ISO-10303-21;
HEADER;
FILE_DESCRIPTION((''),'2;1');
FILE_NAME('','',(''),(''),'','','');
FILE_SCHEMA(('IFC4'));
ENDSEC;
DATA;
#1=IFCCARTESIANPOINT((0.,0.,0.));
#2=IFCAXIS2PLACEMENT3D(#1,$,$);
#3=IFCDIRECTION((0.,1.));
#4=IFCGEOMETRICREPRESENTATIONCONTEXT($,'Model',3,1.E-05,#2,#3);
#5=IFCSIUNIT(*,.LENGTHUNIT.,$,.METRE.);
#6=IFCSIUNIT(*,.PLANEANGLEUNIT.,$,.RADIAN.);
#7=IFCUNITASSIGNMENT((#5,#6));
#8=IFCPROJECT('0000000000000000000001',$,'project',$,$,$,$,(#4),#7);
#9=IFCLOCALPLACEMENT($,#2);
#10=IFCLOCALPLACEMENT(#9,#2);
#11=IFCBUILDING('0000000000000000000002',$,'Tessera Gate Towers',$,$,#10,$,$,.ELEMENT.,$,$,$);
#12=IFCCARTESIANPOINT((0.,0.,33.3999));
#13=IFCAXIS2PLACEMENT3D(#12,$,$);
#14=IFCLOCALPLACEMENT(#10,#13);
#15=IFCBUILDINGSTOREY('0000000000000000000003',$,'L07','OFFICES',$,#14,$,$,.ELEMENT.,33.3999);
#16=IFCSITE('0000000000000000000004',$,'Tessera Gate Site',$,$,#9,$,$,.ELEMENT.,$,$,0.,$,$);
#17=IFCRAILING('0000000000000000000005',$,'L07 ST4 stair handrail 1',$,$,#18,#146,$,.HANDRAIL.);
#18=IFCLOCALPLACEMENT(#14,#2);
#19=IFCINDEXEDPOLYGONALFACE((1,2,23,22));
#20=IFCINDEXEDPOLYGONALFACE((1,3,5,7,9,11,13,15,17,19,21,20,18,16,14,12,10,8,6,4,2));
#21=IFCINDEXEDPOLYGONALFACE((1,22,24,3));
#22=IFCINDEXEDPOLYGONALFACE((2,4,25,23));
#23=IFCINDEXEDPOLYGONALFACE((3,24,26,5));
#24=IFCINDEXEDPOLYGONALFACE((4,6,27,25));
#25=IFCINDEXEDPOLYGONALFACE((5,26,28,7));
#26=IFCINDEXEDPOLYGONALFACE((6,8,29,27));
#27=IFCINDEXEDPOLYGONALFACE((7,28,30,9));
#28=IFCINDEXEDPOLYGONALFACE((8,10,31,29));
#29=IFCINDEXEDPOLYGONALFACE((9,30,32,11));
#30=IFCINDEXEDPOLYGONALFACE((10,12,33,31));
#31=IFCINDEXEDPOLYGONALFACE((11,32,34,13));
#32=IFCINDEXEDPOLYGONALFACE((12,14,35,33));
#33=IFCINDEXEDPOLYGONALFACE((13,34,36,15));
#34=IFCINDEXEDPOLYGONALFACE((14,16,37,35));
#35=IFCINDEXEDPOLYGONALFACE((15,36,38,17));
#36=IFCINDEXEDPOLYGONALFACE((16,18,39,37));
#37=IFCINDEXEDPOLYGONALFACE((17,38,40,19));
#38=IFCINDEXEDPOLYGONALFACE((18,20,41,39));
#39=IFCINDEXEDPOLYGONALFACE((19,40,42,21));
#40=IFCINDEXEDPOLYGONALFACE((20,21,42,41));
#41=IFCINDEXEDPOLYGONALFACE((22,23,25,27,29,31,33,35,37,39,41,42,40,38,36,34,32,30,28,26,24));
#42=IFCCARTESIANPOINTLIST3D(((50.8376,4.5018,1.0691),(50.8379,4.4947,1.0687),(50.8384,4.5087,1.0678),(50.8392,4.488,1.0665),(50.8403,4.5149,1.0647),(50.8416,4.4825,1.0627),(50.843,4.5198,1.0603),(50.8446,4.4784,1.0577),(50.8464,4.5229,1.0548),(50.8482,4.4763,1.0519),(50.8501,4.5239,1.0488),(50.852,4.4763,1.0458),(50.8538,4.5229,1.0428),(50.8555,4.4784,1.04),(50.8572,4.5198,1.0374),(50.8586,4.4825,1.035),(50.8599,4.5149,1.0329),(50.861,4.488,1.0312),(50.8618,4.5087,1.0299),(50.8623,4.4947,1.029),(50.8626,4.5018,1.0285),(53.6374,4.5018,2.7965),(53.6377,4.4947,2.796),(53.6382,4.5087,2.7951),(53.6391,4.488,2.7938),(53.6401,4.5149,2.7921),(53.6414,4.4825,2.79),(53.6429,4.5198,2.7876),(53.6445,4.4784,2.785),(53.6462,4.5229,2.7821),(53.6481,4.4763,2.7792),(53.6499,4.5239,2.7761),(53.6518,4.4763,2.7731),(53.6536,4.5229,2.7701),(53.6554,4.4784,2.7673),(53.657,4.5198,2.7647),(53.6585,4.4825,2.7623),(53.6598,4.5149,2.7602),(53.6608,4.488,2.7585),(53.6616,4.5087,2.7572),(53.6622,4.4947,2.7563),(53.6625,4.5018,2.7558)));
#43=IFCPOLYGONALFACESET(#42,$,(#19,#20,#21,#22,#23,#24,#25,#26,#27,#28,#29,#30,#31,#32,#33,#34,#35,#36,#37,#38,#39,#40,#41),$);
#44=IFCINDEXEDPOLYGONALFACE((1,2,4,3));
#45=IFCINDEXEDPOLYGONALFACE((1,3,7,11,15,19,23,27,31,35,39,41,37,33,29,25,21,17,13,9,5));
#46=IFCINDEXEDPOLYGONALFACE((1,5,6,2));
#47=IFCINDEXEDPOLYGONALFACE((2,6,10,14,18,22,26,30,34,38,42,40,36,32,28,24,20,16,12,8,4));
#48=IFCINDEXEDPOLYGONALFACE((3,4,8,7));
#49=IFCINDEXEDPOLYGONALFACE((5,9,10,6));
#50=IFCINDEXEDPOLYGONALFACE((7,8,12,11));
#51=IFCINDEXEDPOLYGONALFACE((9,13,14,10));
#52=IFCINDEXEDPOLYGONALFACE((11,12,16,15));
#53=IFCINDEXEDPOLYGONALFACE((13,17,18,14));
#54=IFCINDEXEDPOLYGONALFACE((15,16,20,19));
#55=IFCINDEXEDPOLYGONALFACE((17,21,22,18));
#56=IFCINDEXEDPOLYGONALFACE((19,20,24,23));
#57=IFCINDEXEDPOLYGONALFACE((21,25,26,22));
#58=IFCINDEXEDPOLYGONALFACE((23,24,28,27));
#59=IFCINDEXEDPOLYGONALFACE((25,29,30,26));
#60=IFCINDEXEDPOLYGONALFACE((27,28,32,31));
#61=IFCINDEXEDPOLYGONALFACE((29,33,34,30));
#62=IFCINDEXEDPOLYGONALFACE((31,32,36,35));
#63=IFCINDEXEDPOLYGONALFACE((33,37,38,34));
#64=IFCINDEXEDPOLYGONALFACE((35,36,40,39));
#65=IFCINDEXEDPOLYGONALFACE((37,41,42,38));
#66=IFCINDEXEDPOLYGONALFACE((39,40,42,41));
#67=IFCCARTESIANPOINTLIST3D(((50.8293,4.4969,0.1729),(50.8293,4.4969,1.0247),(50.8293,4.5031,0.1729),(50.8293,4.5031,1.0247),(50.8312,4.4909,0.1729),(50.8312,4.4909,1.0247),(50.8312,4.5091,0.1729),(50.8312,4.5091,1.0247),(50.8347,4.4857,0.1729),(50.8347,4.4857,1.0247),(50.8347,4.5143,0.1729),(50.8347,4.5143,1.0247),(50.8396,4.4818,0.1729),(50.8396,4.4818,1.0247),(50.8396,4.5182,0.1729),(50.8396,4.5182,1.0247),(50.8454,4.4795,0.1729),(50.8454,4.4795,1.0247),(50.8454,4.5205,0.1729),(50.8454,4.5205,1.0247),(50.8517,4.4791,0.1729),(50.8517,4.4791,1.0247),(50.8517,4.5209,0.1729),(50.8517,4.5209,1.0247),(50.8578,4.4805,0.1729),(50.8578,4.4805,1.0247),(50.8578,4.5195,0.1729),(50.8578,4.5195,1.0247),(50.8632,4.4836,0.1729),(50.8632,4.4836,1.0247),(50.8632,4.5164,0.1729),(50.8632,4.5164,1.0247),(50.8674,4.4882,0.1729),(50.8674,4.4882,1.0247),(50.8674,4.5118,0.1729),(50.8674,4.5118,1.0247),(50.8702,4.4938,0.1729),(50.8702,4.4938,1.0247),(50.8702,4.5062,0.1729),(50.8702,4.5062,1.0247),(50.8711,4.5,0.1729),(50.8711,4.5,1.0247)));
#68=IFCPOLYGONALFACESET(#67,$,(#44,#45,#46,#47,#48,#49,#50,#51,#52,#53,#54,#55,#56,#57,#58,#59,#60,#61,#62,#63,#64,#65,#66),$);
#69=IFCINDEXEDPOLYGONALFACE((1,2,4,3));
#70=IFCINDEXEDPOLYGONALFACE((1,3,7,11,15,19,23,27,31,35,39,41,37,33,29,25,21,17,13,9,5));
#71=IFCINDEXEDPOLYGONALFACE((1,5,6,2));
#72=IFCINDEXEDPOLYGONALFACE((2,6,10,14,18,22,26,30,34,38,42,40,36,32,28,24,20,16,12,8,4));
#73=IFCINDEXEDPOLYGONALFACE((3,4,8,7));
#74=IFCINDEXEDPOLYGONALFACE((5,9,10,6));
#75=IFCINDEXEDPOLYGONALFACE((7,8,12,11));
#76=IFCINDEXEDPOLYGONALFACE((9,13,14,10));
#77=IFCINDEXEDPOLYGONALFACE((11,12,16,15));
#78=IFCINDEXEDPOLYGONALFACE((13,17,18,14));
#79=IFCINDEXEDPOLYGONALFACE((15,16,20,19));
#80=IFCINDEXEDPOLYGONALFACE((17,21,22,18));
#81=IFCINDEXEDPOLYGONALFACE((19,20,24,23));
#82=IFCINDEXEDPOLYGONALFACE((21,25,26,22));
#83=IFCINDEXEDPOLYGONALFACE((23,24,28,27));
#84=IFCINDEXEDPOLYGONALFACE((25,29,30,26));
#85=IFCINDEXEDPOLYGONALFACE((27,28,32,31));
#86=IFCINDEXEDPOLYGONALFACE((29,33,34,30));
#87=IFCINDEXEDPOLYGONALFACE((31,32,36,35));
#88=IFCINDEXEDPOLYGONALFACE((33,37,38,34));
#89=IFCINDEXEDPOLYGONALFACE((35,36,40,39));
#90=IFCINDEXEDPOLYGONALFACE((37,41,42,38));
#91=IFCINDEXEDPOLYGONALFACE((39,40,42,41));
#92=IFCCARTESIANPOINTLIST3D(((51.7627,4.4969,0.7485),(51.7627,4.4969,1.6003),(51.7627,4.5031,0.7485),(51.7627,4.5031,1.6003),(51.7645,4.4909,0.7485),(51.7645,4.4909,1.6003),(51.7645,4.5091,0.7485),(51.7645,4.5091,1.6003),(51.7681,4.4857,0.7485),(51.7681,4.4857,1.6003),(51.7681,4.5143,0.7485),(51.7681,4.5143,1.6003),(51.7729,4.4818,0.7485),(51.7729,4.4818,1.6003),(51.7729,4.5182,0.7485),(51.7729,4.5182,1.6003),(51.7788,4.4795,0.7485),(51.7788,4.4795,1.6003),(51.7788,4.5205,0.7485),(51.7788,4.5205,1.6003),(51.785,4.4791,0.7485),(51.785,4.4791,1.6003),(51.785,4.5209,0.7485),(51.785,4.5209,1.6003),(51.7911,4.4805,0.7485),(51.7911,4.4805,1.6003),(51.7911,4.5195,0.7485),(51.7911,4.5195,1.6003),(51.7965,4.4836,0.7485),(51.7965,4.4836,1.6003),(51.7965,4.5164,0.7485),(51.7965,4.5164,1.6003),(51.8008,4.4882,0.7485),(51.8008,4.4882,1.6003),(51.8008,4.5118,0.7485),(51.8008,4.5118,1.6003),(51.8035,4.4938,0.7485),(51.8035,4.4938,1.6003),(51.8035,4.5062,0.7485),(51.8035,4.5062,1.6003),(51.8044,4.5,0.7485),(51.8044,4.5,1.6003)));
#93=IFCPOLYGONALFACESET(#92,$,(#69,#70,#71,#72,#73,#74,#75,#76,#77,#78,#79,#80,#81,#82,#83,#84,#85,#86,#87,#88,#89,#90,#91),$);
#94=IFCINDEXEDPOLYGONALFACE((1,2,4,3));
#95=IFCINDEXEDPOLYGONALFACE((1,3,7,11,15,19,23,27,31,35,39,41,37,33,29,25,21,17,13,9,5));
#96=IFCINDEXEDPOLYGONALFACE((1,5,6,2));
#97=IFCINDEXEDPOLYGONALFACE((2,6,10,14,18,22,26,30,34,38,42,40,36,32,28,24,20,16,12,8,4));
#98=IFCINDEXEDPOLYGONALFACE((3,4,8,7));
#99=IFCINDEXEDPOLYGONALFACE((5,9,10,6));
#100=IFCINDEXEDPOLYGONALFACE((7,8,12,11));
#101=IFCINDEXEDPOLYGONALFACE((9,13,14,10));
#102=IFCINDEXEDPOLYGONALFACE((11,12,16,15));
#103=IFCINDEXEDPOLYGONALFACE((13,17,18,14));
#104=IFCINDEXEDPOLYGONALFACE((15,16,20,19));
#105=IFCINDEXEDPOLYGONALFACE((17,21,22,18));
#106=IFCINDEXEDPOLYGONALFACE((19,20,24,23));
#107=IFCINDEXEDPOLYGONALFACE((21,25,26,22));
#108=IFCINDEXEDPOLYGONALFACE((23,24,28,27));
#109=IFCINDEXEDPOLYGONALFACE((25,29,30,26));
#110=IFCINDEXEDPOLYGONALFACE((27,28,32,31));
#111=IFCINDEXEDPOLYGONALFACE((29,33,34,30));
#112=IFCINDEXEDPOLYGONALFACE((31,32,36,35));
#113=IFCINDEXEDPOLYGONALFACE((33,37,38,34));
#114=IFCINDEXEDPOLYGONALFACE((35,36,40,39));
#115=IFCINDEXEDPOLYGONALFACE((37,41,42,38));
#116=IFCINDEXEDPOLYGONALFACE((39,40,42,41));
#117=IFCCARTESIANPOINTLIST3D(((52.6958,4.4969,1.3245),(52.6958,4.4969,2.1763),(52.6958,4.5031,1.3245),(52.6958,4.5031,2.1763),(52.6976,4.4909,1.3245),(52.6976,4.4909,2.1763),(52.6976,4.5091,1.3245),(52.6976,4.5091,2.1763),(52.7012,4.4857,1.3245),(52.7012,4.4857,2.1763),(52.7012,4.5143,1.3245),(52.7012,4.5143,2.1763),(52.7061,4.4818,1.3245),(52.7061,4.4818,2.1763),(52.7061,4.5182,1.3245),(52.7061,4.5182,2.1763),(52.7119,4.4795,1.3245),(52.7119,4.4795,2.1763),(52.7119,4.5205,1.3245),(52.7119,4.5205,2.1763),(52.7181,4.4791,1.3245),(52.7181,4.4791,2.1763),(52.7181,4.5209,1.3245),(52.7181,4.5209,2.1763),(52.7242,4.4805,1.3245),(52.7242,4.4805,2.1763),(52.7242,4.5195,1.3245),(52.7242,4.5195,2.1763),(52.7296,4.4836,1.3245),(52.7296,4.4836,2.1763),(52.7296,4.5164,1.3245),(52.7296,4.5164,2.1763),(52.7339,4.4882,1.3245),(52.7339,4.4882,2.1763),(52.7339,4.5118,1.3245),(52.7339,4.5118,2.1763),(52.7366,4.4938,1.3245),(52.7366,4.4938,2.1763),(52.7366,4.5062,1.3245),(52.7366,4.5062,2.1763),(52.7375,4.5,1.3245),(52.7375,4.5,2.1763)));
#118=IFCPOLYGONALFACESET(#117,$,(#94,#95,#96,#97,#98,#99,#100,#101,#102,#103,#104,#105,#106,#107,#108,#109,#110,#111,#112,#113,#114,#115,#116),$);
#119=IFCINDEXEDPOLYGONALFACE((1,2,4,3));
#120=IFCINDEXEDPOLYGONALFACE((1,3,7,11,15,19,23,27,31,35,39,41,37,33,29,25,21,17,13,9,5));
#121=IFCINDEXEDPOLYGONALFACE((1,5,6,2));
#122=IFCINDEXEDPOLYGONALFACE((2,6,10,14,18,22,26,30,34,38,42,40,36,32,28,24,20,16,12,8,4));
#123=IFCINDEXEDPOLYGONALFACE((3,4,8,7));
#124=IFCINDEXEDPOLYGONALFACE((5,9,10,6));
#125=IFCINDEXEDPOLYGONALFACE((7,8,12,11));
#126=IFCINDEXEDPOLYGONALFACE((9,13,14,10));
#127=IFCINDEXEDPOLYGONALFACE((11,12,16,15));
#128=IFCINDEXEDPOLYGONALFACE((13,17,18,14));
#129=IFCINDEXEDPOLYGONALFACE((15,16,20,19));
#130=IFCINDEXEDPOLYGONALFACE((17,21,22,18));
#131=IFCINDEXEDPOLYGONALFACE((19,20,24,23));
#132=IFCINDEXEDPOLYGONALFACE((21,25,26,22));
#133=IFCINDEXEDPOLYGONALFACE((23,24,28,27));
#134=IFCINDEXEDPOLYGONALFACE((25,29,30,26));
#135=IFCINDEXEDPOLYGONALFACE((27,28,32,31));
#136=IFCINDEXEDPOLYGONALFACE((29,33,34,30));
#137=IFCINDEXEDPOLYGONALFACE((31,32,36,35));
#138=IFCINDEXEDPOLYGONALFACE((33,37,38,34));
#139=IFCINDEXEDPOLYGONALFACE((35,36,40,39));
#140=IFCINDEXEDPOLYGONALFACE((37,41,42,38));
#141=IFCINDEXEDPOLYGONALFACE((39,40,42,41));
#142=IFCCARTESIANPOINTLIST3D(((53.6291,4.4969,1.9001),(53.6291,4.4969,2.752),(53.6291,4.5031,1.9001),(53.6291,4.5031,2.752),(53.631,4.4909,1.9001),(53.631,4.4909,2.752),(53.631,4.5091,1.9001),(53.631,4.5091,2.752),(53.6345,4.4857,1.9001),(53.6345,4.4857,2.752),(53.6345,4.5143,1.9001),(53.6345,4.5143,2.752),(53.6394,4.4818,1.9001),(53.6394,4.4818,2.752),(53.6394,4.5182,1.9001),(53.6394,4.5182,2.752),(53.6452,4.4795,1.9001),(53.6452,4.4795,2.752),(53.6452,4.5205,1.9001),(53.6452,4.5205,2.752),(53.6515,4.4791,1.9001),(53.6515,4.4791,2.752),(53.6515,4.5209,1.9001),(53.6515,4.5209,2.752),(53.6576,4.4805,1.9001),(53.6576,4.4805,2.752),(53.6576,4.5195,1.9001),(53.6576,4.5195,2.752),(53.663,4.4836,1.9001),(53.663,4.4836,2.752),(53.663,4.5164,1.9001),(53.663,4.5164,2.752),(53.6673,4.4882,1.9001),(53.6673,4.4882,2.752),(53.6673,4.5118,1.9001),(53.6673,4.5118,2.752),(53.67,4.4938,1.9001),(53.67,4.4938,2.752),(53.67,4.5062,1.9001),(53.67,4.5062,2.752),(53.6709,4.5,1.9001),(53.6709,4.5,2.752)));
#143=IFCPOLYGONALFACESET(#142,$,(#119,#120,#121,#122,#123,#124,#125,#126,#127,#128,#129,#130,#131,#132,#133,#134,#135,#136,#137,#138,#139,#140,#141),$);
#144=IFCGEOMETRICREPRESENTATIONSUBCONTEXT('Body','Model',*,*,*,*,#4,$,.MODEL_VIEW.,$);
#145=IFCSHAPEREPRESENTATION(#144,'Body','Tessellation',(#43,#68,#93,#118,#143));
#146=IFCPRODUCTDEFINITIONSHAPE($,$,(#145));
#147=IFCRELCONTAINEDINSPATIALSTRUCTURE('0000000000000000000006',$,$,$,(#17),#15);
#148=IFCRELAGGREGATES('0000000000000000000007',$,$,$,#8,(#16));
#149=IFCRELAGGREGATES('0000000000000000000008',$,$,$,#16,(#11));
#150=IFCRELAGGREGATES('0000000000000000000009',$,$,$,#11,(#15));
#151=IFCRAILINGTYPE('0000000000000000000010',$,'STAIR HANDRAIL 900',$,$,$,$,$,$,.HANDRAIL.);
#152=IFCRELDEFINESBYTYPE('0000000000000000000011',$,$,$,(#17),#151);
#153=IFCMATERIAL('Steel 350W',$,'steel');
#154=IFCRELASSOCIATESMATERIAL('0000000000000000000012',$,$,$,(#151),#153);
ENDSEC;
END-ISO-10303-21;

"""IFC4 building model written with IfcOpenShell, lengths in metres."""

from ifc_helpers import new_model, si_unit, direction, frame, origin, origin_2d, place, context, subcontext, project, spatial, circle, extrude, material, type_object, element, save


model = new_model("IFC4")

# Units and contexts
model_context = context("Model", 3, precision=1e-05, world=origin(), true_north=direction((0.0, 1.0)))
body_context = subcontext(model_context, "Body", "Model", "MODEL_VIEW")
ifc_project = project(units=[si_unit("LENGTHUNIT", "METRE"), si_unit("PLANEANGLEUNIT", "RADIAN")], contexts=[model_context])

# Site, building, storey
site_placement = place(None, origin())
site = spatial("IfcSite", under=ifc_project, at=site_placement, Name="Tessera Gate Site", CompositionType="ELEMENT", RefElevation=0.0)
building_placement = place(site_placement, origin())
building = spatial("IfcBuilding", under=site, at=building_placement, Name="Tessera Gate Towers", CompositionType="ELEMENT")
storey_placement = place(building_placement, frame((0.0, 0.0, 33.3999)))
storey = spatial("IfcBuildingStorey", under=building, at=storey_placement, Name="L07", Description="OFFICES", CompositionType="ELEMENT", Elevation=33.3999)

# Railing
ifc_material_1 = material(Name="Steel 350W", Category="steel")
railing_type_1 = type_object("IfcRailingType", Name="STAIR HANDRAIL 900", PredefinedType="HANDRAIL", material=ifc_material_1)
railing_1_placement = place(storey_placement, frame((50.8501, 4.5, 0.1729)))
element("IfcRailing", 1, at=railing_1_placement, inside=storey, type_object=railing_type_1, Name="L07 ST4 stair handrail 1", PredefinedType="HANDRAIL", context=body_context, shape_type="SweptSolid", body=[
    extrude(circle(Radius=0.0239, at=origin_2d()), frame((0.0, 0.0, 0.876), z_axis=(0.851069, 0.0, 0.525054), x_axis=(0.0, 1.0, 0.0)), (0.0, 0.0, 1.0), 3.2898),
    extrude(circle(Radius=0.021, at=origin_2d()), origin(), (0.0, 0.0, 1.0), 0.8518),
    extrude(circle(Radius=0.021, at=origin_2d()), frame((0.9333, 0.0, 0.5757)), (0.0, 0.0, 1.0), 0.8518),
    extrude(circle(Radius=0.021, at=origin_2d()), frame((1.8665, 0.0, 1.1516)), (0.0, 0.0, 1.0), 0.8518),
    extrude(circle(Radius=0.021, at=origin_2d()), frame((2.7998, 0.0, 1.7273)), (0.0, 0.0, 1.0), 0.8518),
])

save(model, "model.ifc")
